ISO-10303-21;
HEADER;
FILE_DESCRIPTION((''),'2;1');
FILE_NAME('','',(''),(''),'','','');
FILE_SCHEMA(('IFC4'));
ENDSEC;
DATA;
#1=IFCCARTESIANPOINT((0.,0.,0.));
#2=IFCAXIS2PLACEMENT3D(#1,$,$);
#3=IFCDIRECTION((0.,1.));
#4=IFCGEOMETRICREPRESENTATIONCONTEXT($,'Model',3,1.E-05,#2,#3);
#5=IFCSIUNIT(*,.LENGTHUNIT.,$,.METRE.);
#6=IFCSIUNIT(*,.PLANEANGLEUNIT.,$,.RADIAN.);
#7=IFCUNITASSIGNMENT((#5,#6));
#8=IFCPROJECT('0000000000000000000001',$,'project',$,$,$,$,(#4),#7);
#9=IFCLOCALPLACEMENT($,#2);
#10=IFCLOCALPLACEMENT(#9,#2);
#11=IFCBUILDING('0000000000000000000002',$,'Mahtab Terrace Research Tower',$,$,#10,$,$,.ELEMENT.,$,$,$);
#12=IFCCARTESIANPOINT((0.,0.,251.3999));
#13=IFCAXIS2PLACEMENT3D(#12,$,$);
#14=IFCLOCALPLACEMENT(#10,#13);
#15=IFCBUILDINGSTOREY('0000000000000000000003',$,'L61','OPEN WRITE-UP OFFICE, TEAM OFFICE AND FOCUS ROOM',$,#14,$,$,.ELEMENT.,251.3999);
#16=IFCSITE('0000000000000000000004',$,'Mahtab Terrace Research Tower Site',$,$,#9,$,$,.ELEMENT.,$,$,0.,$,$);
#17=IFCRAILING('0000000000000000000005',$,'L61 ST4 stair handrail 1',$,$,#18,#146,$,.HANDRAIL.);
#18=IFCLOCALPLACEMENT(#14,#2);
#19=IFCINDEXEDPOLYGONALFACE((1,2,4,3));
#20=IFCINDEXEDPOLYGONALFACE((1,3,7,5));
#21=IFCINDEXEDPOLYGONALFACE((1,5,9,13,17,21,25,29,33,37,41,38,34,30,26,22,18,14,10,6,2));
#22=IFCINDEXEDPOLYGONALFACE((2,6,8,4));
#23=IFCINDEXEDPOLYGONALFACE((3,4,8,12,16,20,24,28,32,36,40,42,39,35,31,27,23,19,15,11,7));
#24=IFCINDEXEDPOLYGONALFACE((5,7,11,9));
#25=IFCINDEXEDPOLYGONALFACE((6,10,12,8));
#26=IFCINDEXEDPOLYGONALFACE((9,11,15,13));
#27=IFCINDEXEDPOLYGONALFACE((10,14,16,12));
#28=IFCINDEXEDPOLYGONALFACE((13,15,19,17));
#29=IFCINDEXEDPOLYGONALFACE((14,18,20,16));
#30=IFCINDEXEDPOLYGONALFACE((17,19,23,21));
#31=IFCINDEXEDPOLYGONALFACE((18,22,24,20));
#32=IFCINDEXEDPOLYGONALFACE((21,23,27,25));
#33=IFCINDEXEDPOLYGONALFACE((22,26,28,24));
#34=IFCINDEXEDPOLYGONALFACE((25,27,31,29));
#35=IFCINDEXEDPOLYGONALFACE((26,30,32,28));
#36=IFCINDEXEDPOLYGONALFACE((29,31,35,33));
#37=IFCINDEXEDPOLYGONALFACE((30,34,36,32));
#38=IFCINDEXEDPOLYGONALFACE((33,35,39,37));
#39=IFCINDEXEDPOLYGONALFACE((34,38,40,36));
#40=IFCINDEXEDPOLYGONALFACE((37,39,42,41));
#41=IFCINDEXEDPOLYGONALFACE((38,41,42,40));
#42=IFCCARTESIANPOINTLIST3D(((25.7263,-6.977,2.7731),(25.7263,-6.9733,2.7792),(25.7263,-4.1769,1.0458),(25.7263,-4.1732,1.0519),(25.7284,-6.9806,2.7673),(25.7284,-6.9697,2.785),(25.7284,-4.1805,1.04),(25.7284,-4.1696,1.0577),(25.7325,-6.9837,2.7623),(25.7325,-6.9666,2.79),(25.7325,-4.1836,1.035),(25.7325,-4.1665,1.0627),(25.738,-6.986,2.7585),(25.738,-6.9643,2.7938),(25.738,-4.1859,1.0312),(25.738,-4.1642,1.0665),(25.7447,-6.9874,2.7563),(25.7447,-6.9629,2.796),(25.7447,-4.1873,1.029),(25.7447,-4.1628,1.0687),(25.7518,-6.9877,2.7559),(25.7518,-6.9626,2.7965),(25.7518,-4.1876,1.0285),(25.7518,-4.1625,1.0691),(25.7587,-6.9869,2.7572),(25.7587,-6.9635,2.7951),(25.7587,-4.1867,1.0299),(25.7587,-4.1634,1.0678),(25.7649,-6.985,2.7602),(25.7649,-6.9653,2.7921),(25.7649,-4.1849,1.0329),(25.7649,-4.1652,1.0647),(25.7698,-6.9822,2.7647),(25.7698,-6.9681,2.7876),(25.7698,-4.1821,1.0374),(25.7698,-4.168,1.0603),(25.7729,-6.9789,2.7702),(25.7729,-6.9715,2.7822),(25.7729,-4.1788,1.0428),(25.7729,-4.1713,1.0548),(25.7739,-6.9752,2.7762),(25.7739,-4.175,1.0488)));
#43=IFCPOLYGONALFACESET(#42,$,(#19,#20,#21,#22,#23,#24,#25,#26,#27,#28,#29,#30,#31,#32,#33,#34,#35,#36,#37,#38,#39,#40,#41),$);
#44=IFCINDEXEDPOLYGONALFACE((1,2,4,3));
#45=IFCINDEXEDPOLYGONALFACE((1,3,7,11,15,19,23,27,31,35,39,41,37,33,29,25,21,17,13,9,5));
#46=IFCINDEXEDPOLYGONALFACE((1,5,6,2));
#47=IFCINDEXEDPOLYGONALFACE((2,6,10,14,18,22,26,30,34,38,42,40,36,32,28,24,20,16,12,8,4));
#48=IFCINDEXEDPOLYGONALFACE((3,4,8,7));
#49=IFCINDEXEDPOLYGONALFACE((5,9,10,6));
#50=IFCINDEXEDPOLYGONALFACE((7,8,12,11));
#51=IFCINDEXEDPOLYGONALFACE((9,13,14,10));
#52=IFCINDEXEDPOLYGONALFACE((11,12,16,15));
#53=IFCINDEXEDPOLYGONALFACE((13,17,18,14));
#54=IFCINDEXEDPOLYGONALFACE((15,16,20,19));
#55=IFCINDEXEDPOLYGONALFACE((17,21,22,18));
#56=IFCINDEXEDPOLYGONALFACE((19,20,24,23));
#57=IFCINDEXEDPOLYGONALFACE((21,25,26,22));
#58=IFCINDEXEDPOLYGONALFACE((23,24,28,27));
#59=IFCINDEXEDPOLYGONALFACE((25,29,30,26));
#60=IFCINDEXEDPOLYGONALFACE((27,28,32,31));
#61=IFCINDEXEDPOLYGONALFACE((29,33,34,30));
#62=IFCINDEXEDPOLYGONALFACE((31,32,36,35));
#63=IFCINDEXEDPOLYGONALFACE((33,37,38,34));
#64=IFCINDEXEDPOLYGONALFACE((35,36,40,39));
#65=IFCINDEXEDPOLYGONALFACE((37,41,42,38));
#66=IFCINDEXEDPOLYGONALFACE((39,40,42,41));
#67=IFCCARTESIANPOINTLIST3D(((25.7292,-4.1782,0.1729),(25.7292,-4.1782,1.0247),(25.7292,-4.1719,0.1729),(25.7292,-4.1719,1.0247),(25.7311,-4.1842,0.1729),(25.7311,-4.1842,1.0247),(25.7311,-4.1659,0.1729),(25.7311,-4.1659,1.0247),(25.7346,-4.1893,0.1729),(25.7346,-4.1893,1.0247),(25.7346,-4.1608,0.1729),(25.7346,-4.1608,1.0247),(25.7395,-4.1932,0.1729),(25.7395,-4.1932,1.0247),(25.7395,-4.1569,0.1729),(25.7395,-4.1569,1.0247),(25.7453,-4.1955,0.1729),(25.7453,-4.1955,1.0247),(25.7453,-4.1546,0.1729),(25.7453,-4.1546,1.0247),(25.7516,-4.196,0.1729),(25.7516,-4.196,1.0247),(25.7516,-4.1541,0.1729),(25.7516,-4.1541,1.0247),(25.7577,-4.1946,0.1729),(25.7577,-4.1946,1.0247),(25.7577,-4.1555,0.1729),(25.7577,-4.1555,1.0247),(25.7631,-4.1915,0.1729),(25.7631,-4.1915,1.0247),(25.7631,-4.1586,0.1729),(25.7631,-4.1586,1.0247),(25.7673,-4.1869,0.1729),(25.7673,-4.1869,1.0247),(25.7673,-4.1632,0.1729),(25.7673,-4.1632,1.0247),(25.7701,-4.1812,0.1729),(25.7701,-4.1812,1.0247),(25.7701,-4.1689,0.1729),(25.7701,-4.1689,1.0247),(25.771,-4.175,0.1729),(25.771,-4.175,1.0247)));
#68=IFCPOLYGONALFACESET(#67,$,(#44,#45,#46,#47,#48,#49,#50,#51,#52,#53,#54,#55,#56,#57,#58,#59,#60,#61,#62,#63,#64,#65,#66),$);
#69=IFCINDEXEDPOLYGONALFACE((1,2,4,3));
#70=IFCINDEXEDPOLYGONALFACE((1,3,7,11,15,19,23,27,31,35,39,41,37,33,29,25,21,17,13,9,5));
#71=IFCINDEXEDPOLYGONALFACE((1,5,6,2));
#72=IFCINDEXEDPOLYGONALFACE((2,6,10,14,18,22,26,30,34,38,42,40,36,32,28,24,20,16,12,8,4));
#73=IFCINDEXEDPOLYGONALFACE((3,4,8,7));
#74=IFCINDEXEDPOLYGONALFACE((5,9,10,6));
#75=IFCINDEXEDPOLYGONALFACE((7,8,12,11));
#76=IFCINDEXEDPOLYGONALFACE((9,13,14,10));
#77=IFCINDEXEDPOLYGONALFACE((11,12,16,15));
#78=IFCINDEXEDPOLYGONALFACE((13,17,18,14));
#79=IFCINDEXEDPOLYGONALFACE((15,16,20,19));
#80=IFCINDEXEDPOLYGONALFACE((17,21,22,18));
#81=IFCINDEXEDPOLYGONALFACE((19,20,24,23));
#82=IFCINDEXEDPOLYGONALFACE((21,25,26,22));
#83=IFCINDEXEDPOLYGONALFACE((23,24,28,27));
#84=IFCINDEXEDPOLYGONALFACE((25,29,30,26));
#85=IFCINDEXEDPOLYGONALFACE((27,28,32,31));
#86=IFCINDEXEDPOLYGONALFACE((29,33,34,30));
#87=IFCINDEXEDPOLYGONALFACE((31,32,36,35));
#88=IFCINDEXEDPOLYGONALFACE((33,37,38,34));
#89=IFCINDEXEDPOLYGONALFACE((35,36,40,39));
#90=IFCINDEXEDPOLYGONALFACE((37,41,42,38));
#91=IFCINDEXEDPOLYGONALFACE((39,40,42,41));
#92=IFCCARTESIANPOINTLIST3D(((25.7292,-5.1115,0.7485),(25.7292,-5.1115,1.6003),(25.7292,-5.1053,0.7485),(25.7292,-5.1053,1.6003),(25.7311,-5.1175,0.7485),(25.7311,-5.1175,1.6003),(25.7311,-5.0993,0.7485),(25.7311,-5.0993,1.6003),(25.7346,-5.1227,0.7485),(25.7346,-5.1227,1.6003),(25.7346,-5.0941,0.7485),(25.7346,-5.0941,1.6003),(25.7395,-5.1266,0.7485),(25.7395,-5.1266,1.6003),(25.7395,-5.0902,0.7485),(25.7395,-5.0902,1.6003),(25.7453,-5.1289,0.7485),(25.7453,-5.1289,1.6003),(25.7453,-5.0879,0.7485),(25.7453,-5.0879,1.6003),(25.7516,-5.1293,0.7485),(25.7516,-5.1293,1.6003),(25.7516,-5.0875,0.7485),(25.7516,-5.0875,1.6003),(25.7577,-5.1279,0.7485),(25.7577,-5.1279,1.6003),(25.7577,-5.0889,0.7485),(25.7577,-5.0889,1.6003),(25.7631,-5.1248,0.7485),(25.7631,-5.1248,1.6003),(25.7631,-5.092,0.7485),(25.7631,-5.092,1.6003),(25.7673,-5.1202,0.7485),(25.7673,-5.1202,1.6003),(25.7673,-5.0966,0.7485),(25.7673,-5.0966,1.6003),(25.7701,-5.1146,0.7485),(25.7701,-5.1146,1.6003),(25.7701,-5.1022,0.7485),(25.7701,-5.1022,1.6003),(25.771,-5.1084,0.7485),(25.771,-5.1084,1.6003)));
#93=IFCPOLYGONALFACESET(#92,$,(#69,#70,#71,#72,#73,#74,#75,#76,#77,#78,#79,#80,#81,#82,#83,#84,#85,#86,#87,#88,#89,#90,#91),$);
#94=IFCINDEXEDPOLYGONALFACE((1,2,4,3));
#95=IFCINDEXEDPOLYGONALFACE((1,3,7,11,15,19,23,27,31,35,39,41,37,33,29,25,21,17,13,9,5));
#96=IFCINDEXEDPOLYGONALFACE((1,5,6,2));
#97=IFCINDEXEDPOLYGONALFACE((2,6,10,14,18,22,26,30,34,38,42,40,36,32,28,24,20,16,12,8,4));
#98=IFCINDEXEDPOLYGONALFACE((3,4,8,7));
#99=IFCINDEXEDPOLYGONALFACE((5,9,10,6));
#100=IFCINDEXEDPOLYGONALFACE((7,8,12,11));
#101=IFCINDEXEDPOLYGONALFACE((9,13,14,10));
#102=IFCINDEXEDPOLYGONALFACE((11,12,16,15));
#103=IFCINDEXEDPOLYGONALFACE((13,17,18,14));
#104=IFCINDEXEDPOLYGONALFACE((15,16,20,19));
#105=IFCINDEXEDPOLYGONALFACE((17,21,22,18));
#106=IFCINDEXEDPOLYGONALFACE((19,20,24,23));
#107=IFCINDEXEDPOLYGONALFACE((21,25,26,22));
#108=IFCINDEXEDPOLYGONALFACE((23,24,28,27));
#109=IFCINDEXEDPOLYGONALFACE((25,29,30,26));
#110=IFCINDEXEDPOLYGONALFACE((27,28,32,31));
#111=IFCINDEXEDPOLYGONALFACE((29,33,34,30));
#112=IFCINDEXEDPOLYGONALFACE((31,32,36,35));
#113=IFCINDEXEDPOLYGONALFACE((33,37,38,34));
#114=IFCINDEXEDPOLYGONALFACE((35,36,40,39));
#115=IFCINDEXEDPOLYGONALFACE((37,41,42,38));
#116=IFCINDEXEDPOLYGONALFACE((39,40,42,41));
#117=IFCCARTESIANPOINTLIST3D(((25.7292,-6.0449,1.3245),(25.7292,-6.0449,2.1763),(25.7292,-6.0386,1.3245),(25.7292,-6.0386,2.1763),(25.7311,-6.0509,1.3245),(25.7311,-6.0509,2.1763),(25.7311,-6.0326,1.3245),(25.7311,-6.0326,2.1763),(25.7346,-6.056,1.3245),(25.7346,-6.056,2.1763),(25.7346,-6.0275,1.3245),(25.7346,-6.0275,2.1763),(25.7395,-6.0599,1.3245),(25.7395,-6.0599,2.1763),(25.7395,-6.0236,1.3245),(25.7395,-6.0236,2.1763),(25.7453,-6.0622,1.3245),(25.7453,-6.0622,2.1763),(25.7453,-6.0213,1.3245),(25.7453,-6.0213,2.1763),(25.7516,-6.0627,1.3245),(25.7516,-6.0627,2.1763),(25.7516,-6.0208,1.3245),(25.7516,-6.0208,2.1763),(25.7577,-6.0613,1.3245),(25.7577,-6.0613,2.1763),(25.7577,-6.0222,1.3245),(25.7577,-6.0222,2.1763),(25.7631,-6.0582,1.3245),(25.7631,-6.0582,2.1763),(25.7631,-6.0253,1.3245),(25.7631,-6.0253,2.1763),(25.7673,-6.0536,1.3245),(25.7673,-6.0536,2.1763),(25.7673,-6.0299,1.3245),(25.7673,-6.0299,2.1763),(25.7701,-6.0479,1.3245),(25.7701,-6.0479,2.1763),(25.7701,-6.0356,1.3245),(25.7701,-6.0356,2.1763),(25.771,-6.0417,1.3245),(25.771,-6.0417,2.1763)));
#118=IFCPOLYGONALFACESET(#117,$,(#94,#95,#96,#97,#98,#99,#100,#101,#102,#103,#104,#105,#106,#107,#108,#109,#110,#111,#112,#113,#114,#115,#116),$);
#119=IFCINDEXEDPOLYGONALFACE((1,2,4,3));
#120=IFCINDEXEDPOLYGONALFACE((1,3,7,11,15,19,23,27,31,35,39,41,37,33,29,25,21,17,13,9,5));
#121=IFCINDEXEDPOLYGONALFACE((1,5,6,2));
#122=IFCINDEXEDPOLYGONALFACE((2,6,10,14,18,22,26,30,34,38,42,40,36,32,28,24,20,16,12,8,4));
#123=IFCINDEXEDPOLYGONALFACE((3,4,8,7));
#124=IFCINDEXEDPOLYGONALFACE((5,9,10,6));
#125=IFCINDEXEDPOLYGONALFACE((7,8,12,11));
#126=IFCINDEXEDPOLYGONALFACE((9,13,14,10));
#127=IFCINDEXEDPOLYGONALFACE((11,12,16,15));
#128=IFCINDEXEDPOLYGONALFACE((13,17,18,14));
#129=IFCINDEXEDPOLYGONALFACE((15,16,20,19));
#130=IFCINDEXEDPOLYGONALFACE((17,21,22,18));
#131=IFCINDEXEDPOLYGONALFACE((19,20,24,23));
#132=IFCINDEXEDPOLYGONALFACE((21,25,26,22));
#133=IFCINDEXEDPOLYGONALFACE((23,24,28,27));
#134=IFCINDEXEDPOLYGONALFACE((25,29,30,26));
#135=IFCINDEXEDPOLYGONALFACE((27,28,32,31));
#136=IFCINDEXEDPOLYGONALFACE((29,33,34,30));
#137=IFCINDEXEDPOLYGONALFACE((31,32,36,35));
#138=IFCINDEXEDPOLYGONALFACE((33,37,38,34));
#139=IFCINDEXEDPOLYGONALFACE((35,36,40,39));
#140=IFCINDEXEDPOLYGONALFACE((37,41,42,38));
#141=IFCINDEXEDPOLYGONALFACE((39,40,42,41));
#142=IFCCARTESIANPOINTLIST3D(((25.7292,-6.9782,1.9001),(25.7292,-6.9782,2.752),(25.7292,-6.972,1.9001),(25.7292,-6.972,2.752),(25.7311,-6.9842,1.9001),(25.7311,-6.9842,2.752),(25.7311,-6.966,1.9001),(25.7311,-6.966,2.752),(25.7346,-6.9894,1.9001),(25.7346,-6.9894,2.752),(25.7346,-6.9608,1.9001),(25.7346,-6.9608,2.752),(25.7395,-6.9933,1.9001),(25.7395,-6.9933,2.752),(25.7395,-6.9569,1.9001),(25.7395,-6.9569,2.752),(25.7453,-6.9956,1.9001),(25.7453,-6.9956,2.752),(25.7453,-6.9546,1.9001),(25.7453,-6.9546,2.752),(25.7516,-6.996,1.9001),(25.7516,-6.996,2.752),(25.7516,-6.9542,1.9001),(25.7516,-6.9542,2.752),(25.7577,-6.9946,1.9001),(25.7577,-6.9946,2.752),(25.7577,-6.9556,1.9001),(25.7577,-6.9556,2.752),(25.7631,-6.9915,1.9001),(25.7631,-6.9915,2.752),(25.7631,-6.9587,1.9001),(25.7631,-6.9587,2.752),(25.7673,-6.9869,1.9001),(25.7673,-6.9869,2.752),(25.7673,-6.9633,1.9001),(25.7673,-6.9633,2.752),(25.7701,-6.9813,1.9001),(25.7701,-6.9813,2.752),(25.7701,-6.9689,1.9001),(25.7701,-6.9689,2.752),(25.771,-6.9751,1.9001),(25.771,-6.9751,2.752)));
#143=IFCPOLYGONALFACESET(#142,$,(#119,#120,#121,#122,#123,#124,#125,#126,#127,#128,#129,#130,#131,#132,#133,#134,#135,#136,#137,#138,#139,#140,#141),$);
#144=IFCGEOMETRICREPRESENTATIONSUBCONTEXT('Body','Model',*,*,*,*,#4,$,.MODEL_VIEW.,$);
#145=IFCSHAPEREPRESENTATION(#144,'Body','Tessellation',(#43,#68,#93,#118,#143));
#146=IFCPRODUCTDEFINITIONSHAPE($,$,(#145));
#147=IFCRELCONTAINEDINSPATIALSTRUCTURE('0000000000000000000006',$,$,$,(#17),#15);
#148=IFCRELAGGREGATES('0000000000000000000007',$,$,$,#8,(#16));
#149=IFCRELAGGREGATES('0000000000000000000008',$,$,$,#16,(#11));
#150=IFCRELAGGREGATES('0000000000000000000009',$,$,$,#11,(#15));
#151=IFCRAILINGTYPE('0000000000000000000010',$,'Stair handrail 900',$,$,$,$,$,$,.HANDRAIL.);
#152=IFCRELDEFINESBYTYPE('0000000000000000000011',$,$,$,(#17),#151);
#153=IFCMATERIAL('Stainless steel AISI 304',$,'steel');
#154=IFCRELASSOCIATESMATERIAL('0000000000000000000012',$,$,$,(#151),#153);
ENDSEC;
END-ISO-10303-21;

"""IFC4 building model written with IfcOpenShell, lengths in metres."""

from ifc_helpers import new_model, si_unit, direction, frame, origin, origin_2d, place, context, subcontext, project, spatial, circle, extrude, material, type_object, element, save


model = new_model("IFC4")

# Units and contexts
model_context = context("Model", 3, precision=1e-05, world=origin(), true_north=direction((0.0, 1.0)))
body_context = subcontext(model_context, "Body", "Model", "MODEL_VIEW")
ifc_project = project(units=[si_unit("LENGTHUNIT", "METRE"), si_unit("PLANEANGLEUNIT", "RADIAN")], contexts=[model_context])

# Site, building, storey
site_placement = place(None, origin())
site = spatial("IfcSite", under=ifc_project, at=site_placement, Name="Mahtab Terrace Research Tower Site", CompositionType="ELEMENT", RefElevation=0.0)
building_placement = place(site_placement, origin())
building = spatial("IfcBuilding", under=site, at=building_placement, Name="Mahtab Terrace Research Tower", CompositionType="ELEMENT")
storey_placement = place(building_placement, frame((0.0, 0.0, 251.3999)))
storey = spatial("IfcBuildingStorey", under=building, at=storey_placement, Name="L61", Description="OPEN WRITE-UP OFFICE, TEAM OFFICE AND FOCUS ROOM", CompositionType="ELEMENT", Elevation=251.3999)

# Shared definitions
ifc_material_1 = material(Name="Stainless steel AISI 304", Category="steel")

# Railing
railing_type_1 = type_object("IfcRailingType", Name="Stair handrail 900", PredefinedType="HANDRAIL", material=ifc_material_1)
railing_1_placement = place(storey_placement, frame((25.75, -4.175, 0.1729)))
element("IfcRailing", 1, at=railing_1_placement, inside=storey, type_object=railing_type_1, Name="L61 ST4 stair handrail 1", PredefinedType="HANDRAIL", context=body_context, shape_type="SweptSolid", body=[
    extrude(circle(Radius=0.0239, at=origin_2d()), frame((0.0, 0.0, 0.876), z_axis=(0.0, -0.85109, 0.52502), x_axis=(1.0, 0.0, 0.0)), (0.0, 0.0, 1.0), 3.29),
    extrude(circle(Radius=0.021, at=origin_2d()), origin(), (0.0, 0.0, 1.0), 0.8518),
    extrude(circle(Radius=0.021, at=origin_2d()), frame((0.0, -0.9333, 0.5757)), (0.0, 0.0, 1.0), 0.8518),
    extrude(circle(Radius=0.021, at=origin_2d()), frame((0.0, -1.8667, 1.1516)), (0.0, 0.0, 1.0), 0.8518),
    extrude(circle(Radius=0.021, at=origin_2d()), frame((0.0, -2.8, 1.7273)), (0.0, 0.0, 1.0), 0.8518),
])

save(model, "model.ifc")
